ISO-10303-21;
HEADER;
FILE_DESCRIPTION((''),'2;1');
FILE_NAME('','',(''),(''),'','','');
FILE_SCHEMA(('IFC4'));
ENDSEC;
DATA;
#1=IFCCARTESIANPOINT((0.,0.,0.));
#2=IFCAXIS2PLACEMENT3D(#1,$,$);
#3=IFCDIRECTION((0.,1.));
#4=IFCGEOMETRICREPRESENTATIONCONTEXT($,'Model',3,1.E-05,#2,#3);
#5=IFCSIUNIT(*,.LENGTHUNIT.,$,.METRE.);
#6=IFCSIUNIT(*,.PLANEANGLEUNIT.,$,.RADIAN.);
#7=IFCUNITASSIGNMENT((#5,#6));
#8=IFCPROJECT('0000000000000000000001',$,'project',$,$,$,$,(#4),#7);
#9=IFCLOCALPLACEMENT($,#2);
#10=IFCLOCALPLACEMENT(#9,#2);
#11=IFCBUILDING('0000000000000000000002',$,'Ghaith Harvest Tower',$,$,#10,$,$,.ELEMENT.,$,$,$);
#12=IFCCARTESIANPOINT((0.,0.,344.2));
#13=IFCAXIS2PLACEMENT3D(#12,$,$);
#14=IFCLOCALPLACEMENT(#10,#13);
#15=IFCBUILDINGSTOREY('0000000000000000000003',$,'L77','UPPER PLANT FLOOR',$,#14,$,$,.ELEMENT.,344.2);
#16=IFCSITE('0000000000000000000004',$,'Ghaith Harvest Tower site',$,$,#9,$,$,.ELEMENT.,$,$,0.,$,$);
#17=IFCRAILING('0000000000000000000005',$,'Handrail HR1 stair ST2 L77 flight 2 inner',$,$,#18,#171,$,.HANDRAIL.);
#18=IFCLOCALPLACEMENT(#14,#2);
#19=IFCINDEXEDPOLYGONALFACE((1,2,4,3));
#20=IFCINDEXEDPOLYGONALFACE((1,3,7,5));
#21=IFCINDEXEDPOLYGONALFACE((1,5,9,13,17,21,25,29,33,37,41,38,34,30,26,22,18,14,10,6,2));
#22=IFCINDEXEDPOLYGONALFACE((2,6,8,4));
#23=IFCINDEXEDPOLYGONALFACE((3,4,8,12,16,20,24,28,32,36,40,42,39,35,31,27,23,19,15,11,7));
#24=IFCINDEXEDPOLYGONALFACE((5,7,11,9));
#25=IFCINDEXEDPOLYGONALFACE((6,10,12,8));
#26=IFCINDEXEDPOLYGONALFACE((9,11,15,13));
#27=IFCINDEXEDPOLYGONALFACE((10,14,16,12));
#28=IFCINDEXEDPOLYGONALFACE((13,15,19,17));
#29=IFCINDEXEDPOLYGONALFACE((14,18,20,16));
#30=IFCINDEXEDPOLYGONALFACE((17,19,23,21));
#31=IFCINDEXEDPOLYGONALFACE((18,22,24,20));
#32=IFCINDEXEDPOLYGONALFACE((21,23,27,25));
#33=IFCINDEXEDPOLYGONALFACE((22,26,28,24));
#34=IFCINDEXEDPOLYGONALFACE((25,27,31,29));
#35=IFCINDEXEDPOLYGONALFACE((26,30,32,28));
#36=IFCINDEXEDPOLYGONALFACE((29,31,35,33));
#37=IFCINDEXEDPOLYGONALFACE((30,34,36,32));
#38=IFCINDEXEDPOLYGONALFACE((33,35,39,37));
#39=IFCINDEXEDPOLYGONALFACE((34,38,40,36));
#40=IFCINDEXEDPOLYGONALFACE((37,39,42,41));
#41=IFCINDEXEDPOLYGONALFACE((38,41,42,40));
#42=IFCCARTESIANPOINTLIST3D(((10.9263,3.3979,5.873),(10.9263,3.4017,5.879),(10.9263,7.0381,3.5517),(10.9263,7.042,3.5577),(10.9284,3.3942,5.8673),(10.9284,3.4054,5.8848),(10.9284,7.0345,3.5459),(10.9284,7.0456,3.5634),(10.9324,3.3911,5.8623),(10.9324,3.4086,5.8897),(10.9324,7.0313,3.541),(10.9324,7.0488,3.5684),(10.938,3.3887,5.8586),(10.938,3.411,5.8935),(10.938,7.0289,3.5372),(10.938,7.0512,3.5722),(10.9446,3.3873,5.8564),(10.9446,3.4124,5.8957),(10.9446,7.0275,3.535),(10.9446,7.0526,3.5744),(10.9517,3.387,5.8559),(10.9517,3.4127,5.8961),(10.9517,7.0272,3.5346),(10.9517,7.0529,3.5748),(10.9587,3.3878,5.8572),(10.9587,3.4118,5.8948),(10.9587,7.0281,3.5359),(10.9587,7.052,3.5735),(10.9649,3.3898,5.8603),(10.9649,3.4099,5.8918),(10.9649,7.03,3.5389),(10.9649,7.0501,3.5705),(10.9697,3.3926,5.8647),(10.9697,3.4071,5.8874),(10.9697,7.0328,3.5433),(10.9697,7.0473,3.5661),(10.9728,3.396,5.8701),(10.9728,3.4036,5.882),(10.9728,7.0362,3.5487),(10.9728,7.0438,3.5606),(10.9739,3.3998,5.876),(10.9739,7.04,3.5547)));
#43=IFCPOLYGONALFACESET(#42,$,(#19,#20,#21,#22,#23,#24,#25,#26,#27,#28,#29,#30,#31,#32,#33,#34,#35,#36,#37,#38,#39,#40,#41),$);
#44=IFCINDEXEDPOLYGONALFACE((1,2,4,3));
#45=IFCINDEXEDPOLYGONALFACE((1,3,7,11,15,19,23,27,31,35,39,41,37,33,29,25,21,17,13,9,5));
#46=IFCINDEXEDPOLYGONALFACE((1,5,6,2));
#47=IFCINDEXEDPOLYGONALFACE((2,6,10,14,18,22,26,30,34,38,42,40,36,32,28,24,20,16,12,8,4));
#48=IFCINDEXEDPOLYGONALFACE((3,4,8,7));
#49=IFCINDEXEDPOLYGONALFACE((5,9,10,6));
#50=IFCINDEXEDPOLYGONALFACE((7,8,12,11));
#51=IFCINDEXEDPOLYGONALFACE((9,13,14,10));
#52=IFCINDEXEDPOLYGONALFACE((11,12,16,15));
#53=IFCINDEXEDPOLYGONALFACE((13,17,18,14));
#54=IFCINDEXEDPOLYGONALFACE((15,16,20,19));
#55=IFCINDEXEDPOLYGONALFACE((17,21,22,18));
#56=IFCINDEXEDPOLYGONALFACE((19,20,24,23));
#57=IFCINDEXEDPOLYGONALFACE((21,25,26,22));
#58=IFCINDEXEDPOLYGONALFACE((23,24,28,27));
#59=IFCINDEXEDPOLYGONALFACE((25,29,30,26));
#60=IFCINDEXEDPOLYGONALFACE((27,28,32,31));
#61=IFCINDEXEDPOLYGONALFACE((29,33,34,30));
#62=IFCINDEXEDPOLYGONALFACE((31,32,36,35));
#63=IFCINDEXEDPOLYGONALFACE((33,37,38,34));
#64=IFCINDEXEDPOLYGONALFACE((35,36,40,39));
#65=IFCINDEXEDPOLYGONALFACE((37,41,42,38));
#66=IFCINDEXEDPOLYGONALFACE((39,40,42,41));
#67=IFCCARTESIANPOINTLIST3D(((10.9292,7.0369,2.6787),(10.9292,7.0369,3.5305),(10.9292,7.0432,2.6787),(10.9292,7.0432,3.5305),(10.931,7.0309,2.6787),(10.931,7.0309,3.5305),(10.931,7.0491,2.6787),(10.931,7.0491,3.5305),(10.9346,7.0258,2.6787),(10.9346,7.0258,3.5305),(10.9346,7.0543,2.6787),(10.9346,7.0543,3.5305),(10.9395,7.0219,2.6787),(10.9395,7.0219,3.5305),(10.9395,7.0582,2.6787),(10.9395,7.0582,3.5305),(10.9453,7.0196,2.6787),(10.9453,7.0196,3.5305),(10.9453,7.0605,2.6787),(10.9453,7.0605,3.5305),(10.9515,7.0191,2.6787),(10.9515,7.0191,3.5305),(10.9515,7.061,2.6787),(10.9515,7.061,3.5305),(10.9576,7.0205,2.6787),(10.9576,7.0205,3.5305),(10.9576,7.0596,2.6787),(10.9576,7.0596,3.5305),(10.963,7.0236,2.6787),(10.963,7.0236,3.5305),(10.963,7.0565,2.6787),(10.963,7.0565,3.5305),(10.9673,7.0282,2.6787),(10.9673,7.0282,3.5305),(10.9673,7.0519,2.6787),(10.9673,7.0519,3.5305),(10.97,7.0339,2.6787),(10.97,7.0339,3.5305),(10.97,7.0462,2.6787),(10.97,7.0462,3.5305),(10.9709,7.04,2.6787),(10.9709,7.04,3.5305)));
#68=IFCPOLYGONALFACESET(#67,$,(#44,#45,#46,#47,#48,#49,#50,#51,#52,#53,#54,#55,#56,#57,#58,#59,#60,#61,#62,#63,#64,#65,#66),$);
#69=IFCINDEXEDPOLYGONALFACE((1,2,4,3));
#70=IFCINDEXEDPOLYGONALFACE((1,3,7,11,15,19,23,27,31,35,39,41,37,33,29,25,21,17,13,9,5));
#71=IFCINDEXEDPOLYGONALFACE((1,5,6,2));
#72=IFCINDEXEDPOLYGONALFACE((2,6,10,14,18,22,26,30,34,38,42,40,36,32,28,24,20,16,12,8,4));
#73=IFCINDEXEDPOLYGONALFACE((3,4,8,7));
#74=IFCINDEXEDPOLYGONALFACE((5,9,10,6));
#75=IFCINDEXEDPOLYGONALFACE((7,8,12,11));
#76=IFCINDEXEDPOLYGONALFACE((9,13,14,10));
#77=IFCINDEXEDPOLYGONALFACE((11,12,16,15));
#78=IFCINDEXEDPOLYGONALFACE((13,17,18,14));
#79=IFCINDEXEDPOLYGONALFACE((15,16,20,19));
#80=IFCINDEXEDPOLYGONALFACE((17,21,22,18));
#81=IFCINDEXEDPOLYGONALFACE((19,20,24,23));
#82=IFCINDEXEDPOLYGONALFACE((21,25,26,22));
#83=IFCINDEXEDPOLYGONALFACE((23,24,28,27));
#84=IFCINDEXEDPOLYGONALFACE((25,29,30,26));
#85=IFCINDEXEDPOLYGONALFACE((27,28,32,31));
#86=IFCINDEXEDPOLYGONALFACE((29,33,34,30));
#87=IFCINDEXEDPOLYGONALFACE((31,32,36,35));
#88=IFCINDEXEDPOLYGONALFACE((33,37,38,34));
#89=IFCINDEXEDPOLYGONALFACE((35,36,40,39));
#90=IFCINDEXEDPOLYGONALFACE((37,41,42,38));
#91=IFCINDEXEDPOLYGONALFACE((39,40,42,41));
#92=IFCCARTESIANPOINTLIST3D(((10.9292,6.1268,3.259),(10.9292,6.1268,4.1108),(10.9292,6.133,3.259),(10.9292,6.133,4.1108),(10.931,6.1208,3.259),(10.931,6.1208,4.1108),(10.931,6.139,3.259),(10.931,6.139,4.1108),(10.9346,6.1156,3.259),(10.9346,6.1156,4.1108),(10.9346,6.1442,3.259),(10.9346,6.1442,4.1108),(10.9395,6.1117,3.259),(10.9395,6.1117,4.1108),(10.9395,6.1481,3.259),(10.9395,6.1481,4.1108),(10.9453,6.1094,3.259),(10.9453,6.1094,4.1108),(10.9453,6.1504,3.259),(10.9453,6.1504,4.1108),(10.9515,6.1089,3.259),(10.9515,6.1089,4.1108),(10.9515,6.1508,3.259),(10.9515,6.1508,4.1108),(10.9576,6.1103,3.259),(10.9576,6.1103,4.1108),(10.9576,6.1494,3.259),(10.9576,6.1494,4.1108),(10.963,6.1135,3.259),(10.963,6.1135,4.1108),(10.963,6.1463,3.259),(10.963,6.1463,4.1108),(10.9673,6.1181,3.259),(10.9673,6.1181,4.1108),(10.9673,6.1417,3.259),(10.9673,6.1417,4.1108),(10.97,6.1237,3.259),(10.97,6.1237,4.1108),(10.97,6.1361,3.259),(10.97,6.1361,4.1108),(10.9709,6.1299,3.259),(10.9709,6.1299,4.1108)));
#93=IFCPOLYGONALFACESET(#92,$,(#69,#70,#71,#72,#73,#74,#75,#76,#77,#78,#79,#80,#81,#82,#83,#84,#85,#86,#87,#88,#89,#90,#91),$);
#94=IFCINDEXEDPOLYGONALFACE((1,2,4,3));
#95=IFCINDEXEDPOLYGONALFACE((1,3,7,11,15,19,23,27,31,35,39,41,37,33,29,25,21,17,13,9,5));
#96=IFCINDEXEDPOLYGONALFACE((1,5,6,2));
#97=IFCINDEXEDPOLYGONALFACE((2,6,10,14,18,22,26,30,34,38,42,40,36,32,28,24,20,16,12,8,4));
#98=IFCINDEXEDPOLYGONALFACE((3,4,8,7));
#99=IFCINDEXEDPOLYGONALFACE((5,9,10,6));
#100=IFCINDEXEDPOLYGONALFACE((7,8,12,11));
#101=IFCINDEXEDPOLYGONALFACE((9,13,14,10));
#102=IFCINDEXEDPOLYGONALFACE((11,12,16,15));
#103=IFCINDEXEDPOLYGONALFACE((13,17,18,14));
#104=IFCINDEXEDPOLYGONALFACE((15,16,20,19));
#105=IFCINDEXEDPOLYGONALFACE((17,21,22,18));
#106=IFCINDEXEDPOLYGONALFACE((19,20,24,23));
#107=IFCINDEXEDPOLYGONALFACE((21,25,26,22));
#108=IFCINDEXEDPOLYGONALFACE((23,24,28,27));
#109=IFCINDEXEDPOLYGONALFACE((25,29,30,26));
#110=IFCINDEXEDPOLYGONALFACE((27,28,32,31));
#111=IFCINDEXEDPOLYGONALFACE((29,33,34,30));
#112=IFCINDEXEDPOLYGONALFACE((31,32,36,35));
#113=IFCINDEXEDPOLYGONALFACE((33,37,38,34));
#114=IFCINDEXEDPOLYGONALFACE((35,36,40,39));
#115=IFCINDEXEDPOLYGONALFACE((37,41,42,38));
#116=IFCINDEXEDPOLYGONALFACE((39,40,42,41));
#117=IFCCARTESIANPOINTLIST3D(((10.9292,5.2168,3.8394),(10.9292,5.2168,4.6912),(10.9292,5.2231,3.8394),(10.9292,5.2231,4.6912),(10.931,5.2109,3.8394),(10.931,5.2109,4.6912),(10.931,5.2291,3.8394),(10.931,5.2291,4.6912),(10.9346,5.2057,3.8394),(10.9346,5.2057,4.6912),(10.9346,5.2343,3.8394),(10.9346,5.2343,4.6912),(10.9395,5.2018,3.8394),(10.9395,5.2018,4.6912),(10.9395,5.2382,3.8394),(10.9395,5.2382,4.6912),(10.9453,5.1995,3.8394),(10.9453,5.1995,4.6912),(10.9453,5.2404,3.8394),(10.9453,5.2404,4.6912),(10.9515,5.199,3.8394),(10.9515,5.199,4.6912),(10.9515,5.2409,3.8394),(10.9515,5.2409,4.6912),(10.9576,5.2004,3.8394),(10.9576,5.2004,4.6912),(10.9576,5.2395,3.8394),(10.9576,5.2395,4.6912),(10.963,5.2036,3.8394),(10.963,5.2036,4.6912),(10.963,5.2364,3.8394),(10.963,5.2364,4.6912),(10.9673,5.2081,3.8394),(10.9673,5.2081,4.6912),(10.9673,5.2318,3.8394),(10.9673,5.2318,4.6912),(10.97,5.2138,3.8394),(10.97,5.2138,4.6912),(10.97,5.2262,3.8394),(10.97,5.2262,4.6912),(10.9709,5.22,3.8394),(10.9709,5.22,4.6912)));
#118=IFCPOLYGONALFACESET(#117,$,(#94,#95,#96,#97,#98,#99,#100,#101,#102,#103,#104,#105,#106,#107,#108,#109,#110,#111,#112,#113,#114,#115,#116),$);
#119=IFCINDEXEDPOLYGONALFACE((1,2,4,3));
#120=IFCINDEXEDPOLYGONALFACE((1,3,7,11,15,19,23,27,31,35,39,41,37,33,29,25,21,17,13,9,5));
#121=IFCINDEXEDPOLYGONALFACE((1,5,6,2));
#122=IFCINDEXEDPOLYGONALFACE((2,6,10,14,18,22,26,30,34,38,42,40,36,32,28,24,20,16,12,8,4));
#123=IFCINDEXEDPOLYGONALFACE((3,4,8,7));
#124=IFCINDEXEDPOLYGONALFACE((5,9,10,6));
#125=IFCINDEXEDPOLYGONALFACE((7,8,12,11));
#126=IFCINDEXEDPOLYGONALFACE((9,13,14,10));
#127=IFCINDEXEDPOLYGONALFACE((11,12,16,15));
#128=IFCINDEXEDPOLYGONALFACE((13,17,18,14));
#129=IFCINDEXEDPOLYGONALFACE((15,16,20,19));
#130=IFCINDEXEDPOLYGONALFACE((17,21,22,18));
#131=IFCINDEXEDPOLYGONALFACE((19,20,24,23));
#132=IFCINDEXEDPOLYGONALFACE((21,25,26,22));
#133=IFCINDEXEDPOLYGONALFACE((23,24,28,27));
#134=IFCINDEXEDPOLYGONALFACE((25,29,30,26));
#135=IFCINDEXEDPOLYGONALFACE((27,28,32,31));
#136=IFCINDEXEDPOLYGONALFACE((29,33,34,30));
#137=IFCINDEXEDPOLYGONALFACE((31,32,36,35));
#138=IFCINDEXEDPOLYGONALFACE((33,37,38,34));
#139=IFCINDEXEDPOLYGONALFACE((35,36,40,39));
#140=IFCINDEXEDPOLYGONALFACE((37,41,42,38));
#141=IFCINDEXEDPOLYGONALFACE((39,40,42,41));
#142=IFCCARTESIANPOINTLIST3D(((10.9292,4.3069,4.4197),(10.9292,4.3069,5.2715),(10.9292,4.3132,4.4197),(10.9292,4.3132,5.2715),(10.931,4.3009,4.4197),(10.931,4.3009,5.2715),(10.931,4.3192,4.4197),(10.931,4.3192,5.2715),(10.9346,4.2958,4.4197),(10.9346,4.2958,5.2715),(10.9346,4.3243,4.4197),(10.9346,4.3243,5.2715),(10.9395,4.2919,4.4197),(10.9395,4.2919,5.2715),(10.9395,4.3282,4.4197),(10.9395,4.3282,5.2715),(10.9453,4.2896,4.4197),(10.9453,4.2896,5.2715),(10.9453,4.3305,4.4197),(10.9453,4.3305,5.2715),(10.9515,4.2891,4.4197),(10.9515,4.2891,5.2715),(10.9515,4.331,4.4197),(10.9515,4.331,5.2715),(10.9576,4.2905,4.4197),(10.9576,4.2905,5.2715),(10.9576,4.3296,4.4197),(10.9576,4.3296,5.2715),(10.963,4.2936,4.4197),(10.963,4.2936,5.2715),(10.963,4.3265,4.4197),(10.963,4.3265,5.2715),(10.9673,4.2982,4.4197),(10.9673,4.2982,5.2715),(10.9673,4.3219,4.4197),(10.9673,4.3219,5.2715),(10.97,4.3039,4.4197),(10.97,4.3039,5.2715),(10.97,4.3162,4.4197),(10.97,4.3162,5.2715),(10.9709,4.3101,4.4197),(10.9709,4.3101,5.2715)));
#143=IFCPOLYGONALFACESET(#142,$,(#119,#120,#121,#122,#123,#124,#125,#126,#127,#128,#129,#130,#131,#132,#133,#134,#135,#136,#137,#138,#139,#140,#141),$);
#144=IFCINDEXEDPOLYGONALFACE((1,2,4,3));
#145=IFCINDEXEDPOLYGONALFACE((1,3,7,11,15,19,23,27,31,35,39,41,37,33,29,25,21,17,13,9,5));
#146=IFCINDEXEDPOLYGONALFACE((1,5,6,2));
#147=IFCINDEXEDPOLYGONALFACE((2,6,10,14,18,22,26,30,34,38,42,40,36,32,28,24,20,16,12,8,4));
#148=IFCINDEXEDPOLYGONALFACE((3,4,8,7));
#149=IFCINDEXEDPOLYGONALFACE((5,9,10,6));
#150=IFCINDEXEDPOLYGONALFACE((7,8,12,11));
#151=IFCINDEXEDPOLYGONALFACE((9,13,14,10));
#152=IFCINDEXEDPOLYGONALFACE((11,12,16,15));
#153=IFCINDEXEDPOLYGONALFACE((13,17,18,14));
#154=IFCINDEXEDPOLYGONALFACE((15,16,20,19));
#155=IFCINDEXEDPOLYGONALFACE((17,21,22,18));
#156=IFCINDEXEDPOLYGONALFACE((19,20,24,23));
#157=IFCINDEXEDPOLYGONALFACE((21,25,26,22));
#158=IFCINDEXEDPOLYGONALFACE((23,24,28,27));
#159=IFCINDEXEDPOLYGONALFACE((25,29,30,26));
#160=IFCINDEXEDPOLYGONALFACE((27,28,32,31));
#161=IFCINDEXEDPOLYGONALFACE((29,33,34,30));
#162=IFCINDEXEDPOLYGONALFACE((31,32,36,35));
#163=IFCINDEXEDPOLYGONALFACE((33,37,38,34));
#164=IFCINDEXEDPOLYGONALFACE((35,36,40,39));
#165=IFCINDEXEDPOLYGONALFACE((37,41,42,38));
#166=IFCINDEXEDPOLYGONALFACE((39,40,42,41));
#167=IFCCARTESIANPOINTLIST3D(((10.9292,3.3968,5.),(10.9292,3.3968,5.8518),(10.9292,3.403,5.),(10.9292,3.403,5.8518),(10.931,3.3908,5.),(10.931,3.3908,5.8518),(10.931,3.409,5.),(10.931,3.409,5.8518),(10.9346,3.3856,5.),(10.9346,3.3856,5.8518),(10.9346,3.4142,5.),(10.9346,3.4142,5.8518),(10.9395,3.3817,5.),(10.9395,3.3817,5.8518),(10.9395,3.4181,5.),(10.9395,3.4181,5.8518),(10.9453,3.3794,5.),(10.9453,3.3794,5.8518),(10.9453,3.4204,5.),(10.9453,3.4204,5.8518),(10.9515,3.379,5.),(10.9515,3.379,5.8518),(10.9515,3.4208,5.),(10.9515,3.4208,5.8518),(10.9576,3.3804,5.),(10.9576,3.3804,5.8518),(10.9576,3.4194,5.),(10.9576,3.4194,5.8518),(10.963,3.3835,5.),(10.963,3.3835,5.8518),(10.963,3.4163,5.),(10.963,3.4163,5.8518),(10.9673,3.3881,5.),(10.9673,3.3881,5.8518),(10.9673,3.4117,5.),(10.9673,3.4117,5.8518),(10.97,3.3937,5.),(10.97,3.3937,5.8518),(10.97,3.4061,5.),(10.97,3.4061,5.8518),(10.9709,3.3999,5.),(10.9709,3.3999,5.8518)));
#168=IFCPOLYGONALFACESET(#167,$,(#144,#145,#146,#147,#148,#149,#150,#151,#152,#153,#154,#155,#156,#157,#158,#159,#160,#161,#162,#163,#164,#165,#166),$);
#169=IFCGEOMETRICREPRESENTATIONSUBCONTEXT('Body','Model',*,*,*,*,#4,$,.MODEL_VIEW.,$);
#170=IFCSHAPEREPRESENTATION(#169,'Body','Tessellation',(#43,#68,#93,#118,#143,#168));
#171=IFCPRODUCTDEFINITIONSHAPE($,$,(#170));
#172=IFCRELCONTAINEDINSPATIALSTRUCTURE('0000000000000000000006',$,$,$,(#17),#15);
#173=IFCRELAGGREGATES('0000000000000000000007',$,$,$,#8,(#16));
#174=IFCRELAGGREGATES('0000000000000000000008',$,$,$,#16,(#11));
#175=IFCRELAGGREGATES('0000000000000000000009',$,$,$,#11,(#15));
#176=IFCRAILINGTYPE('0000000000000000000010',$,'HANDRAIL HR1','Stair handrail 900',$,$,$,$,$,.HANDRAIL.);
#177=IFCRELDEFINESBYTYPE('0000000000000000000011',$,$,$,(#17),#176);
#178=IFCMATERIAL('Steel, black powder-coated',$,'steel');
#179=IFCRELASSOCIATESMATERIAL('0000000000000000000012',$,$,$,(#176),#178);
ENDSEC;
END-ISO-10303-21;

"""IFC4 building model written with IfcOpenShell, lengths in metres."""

from ifc_helpers import new_model, si_unit, direction, frame, origin, origin_2d, place, context, subcontext, project, spatial, circle, extrude, material, type_object, element, save


model = new_model("IFC4")

# Units and contexts
model_context = context("Model", 3, precision=1e-05, world=origin(), true_north=direction((0.0, 1.0)))
body_context = subcontext(model_context, "Body", "Model", "MODEL_VIEW")
ifc_project = project(units=[si_unit("LENGTHUNIT", "METRE"), si_unit("PLANEANGLEUNIT", "RADIAN")], contexts=[model_context])

# Site, building, storey
site_placement = place(None, origin())
site = spatial("IfcSite", under=ifc_project, at=site_placement, Name="Ghaith Harvest Tower site", CompositionType="ELEMENT", RefElevation=0.0)
building_placement = place(site_placement, origin())
building = spatial("IfcBuilding", under=site, at=building_placement, Name="Ghaith Harvest Tower", CompositionType="ELEMENT")
storey_placement = place(building_placement, frame((0.0, 0.0, 344.2)))
storey = spatial("IfcBuildingStorey", under=building, at=storey_placement, Name="L77", Description="UPPER PLANT FLOOR", CompositionType="ELEMENT", Elevation=344.2)

# Railing
ifc_material_1 = material(Name="Steel, black powder-coated", Category="steel")
railing_type = type_object("IfcRailingType", Name="HANDRAIL HR1", Description="Stair handrail 900", PredefinedType="HANDRAIL", material=ifc_material_1)
railing_1_placement = place(storey_placement, frame((10.95, 7.04, 2.6787)))
element("IfcRailing", 1, at=railing_1_placement, inside=storey, type_object=railing_type, Name="Handrail HR1 stair ST2 L77 flight 2 inner", PredefinedType="HANDRAIL", context=body_context, shape_type="SweptSolid", body=[
    extrude(circle(Radius=0.0239, at=origin_2d()), frame((0.0, 0.0, 0.876), z_axis=(0.0, -0.843153, 0.537673), x_axis=(1.0, 0.0, 0.0)), (0.0, 0.0, 1.0), 4.3174),
    extrude(circle(Radius=0.021, at=origin_2d()), origin(), (0.0, 0.0, 1.0), 0.8518),
    extrude(circle(Radius=0.021, at=origin_2d()), frame((0.0, -0.9102, 0.5803)), (0.0, 0.0, 1.0), 0.8518),
    extrude(circle(Radius=0.021, at=origin_2d()), frame((0.0, -1.8201, 1.1606)), (0.0, 0.0, 1.0), 0.8518),
    extrude(circle(Radius=0.021, at=origin_2d()), frame((0.0, -2.73, 1.741)), (0.0, 0.0, 1.0), 0.8518),
    extrude(circle(Radius=0.021, at=origin_2d()), frame((0.0, -3.6401, 2.3213)), (0.0, 0.0, 1.0), 0.8518),
])

save(model, "model.ifc")
